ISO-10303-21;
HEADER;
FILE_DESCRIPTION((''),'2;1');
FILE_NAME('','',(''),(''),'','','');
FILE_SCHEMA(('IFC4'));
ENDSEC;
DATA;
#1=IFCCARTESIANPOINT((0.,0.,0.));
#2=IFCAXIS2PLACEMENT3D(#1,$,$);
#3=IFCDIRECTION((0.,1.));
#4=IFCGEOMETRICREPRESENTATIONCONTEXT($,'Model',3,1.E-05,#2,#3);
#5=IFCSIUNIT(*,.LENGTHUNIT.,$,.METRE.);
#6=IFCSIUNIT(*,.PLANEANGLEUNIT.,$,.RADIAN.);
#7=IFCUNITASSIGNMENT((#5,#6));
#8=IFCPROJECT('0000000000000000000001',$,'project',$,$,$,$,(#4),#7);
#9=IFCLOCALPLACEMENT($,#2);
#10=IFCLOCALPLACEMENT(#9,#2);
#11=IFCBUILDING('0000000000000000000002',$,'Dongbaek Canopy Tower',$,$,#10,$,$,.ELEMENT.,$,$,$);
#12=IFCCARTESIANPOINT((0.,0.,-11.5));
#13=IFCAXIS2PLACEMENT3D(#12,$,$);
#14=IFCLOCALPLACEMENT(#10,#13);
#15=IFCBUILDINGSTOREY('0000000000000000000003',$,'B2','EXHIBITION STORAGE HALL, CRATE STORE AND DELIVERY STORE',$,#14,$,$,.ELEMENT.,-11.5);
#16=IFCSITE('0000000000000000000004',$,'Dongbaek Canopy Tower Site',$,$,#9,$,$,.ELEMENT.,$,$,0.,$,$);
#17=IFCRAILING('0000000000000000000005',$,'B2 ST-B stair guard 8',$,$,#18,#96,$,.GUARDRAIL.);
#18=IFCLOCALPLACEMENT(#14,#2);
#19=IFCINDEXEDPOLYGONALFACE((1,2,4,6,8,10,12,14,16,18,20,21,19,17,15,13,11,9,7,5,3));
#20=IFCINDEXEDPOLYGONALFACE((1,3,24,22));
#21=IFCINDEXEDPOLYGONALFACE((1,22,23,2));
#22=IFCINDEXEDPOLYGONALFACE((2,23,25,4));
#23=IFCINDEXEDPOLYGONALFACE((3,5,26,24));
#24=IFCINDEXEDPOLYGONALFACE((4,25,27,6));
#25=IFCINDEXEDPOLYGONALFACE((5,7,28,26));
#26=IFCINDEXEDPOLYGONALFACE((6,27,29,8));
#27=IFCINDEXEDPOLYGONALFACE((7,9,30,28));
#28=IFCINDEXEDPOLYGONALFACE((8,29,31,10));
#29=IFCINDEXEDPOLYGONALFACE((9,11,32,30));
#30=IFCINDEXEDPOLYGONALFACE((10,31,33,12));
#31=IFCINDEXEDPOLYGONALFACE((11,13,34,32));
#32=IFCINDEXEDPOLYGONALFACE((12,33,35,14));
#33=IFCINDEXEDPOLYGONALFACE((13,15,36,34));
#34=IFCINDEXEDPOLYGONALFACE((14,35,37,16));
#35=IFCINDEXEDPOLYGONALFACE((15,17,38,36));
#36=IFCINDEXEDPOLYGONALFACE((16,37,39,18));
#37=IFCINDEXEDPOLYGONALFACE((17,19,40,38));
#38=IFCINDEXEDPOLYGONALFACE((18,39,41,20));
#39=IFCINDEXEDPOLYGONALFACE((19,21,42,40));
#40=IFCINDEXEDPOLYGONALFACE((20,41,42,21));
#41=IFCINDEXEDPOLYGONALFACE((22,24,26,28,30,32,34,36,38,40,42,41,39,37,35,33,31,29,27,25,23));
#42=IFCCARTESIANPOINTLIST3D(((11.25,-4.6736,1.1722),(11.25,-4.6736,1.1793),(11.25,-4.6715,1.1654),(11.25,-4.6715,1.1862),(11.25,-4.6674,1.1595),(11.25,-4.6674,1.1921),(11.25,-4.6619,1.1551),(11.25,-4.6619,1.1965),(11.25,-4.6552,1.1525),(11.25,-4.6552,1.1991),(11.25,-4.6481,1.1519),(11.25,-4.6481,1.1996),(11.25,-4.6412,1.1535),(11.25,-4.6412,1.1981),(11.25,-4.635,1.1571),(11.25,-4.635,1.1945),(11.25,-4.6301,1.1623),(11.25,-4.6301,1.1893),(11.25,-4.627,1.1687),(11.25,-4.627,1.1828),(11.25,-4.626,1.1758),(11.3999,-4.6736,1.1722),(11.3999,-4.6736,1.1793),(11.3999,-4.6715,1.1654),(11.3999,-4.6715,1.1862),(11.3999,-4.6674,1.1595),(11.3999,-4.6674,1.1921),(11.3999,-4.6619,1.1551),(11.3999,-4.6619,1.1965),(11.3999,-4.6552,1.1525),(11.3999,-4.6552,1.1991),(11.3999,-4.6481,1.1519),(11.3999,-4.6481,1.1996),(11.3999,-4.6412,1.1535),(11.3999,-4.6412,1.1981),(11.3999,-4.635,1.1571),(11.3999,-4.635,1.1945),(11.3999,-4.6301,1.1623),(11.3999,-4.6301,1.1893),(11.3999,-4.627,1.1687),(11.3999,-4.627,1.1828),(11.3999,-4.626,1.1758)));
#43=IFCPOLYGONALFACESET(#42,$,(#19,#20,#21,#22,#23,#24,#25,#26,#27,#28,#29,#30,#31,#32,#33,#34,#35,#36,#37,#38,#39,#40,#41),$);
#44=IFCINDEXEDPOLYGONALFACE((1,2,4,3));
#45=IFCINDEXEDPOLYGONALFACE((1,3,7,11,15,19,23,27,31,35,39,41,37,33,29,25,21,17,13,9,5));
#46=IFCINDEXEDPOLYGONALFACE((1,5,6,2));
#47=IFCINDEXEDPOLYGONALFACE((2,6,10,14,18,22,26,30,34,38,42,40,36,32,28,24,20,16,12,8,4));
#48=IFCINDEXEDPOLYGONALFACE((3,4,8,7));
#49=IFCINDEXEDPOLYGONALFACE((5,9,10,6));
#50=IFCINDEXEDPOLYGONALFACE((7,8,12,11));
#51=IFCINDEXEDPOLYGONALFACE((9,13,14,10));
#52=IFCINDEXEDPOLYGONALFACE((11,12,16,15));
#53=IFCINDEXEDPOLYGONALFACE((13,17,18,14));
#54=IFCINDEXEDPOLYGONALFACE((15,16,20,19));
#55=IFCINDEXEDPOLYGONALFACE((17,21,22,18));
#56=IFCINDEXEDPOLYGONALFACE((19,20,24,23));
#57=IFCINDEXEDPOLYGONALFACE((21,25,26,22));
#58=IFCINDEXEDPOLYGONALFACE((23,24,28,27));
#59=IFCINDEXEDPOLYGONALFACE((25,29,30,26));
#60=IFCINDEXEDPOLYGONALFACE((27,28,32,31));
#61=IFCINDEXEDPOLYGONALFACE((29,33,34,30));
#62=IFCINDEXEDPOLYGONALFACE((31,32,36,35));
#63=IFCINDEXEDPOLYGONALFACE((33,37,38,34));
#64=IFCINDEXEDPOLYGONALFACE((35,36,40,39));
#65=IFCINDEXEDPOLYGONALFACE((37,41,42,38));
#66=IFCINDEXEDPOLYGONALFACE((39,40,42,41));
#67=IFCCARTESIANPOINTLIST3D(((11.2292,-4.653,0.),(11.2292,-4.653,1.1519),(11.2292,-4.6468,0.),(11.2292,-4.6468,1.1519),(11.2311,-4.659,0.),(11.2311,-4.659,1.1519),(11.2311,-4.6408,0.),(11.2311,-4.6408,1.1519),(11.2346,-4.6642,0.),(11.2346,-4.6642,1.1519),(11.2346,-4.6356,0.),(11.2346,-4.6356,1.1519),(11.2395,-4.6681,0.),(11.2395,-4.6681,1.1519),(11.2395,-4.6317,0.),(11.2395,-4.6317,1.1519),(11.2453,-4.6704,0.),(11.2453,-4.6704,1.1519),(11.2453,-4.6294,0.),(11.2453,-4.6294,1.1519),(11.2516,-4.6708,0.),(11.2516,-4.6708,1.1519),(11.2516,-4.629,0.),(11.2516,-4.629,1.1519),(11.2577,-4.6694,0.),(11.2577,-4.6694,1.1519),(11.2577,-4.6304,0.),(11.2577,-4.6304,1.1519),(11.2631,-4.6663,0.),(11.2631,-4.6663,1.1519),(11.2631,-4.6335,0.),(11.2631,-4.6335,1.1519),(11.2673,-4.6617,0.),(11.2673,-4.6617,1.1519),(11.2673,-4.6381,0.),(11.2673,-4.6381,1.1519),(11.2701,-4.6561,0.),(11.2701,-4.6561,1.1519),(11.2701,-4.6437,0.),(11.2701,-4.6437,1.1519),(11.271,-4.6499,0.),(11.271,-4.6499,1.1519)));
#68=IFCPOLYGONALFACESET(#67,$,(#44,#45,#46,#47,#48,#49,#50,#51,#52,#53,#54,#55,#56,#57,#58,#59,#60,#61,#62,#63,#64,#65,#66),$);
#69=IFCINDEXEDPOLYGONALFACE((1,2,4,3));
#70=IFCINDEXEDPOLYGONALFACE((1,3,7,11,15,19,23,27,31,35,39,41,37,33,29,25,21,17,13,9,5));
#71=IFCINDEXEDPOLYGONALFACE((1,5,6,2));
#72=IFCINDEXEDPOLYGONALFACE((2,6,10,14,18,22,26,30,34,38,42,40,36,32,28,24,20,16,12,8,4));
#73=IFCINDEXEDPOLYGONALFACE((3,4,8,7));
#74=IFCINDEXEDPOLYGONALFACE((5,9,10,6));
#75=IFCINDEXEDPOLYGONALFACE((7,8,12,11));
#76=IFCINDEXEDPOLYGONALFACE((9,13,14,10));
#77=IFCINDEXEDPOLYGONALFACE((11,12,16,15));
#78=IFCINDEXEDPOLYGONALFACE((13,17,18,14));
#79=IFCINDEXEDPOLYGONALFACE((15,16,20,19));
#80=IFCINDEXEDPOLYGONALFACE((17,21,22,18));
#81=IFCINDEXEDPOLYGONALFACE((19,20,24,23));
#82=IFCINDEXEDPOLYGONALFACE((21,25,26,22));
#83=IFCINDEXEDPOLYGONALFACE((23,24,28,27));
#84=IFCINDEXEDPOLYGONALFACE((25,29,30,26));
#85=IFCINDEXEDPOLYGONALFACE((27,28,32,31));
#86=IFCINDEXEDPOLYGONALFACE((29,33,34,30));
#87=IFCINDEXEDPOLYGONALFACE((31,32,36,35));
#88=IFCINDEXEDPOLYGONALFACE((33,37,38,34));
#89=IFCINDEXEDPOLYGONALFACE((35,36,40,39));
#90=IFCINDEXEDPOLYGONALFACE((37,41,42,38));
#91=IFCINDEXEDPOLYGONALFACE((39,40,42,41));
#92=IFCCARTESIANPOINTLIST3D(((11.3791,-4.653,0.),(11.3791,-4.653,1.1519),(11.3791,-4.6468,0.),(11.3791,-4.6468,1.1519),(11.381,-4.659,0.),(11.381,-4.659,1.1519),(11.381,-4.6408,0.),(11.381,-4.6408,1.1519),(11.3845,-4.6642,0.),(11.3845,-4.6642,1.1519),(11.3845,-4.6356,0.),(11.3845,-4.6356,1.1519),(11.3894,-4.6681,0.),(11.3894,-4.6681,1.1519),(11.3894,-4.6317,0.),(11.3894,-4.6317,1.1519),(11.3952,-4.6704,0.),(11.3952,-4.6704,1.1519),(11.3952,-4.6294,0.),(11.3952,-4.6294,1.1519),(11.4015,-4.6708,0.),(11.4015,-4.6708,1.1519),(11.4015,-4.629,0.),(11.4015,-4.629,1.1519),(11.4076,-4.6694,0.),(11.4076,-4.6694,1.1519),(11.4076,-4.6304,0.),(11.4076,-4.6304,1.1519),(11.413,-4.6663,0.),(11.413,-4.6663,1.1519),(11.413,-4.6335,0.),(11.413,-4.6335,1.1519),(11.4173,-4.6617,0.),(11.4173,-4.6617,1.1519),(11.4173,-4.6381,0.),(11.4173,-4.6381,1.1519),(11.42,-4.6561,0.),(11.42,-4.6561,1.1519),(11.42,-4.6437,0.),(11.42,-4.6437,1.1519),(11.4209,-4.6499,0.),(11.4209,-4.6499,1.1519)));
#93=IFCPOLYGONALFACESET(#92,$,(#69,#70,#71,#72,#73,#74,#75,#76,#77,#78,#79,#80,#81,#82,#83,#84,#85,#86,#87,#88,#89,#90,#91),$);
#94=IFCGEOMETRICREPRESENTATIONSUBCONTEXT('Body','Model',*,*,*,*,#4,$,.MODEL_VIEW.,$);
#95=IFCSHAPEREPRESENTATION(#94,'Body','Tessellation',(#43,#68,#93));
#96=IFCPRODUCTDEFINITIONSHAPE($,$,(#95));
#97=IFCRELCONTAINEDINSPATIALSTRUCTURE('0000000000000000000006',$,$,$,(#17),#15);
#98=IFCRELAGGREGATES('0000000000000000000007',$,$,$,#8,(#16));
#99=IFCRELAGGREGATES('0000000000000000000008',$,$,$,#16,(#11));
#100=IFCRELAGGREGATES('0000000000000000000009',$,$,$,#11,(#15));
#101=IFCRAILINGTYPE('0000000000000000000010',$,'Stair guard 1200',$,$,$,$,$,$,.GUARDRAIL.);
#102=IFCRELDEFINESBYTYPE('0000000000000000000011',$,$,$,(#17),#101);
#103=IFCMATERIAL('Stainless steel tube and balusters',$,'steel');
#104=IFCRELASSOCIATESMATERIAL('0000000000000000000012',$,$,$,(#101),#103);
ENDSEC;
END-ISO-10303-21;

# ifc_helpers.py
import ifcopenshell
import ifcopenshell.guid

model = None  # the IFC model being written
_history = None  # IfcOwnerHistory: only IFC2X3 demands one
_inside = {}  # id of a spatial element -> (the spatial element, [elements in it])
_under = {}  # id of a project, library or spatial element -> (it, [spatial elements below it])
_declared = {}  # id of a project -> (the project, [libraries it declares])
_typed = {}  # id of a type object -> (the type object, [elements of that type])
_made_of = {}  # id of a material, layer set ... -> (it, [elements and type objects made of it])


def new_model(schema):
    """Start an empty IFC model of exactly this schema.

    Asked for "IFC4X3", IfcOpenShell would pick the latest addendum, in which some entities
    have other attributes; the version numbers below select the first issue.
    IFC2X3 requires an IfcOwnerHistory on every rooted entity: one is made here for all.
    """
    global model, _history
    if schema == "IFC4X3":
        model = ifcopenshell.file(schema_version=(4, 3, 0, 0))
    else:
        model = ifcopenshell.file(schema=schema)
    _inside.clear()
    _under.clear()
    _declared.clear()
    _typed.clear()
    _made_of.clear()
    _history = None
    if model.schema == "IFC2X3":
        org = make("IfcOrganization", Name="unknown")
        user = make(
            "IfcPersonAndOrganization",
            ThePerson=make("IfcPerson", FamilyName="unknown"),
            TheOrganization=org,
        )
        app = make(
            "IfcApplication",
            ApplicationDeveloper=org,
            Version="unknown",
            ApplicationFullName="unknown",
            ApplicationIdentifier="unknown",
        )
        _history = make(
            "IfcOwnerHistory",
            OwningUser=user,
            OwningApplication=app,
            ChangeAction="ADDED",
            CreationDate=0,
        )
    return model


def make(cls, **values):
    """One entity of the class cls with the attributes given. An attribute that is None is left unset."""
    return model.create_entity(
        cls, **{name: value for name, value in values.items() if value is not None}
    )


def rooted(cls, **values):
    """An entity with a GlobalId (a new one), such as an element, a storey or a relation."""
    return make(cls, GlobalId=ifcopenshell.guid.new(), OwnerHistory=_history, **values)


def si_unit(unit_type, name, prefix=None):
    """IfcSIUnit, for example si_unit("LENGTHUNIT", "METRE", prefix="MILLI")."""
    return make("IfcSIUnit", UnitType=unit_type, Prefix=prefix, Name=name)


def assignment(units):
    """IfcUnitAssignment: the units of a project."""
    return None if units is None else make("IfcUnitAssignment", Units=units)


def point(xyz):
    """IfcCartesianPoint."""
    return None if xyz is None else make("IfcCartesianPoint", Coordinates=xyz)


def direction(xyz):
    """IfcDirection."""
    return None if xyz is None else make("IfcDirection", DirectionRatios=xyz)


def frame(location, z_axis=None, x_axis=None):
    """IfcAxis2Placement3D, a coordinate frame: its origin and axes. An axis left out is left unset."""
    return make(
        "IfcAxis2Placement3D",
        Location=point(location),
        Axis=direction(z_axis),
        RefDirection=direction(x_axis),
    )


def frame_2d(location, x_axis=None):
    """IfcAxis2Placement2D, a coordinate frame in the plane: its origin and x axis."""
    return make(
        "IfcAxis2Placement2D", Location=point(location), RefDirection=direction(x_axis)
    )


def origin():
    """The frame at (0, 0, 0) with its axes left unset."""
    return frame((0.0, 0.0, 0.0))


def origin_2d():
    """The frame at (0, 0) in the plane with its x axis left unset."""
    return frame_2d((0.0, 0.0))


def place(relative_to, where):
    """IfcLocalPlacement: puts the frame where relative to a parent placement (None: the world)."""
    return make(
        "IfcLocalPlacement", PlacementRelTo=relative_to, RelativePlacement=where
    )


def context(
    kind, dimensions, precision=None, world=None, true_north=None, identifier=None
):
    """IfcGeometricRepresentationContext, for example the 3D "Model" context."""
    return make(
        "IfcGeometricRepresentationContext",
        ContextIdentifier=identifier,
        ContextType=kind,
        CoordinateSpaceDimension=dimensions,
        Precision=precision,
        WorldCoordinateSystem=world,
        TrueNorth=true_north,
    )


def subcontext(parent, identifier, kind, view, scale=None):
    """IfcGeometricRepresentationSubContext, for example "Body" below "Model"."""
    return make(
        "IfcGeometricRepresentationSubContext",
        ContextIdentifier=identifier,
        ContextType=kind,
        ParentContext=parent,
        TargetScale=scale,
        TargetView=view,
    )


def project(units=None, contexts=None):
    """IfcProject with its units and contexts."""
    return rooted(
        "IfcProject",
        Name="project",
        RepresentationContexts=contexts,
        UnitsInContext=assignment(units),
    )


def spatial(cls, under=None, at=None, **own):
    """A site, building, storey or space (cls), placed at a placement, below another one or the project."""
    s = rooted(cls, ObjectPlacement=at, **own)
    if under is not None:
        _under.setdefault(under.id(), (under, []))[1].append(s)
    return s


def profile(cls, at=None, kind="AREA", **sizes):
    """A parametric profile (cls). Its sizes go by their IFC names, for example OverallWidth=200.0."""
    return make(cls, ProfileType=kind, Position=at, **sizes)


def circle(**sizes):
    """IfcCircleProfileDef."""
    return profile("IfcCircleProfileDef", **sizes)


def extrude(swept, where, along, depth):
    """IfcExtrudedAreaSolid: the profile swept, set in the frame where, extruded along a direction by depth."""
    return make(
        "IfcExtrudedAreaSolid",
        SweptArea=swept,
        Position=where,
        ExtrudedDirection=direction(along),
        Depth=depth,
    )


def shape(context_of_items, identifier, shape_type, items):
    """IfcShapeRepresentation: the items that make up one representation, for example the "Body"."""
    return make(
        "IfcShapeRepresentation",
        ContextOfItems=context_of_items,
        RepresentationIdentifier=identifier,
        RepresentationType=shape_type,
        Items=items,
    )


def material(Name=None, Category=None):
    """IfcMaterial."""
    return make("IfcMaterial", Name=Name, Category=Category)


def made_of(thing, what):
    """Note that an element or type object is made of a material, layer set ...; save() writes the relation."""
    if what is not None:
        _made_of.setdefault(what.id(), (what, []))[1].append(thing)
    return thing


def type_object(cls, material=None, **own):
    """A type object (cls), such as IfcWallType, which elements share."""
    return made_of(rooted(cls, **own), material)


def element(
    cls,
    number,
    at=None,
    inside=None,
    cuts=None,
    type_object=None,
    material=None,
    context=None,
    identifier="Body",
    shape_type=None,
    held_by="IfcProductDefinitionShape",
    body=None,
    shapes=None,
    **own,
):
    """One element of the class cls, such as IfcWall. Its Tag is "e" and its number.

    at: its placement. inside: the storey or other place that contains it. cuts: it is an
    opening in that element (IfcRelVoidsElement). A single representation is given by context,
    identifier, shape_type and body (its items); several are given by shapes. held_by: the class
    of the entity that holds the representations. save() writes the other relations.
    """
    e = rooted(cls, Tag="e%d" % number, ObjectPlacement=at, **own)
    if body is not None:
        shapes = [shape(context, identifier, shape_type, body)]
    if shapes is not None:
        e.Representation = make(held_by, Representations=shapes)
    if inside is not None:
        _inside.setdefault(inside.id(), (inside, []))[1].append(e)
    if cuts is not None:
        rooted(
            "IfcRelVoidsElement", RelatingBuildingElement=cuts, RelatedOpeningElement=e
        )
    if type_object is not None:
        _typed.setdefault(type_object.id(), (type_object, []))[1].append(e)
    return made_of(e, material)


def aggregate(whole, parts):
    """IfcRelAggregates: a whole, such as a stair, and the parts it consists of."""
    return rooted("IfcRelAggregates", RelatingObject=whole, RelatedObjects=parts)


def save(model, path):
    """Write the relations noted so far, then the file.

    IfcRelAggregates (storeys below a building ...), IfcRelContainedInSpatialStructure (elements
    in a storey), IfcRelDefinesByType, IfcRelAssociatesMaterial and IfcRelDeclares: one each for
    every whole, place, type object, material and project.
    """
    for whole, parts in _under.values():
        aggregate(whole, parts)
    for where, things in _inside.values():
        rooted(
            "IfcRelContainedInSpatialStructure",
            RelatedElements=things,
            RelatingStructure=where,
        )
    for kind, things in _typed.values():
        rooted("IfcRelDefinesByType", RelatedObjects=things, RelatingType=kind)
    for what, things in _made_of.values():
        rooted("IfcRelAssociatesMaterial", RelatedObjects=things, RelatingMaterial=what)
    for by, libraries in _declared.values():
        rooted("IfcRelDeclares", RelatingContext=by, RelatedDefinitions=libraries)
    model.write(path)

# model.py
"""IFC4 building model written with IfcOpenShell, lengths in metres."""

from ifc_helpers import new_model, si_unit, direction, frame, origin, origin_2d, place, context, subcontext, project, spatial, circle, extrude, material, type_object, element, save


model = new_model("IFC4")

# Units and contexts
model_context = context("Model", 3, precision=1e-05, world=origin(), true_north=direction((0.0, 1.0)))
body_context = subcontext(model_context, "Body", "Model", "MODEL_VIEW")
ifc_project = project(units=[si_unit("LENGTHUNIT", "METRE"), si_unit("PLANEANGLEUNIT", "RADIAN")], contexts=[model_context])

# Site, building, storey
site_placement = place(None, origin())
site = spatial("IfcSite", under=ifc_project, at=site_placement, Name="Dongbaek Canopy Tower Site", CompositionType="ELEMENT", RefElevation=0.0)
building_placement = place(site_placement, origin())
building = spatial("IfcBuilding", under=site, at=building_placement, Name="Dongbaek Canopy Tower", CompositionType="ELEMENT")
storey_placement = place(building_placement, frame((0.0, 0.0, -11.5)))
storey = spatial("IfcBuildingStorey", under=building, at=storey_placement, Name="B2", Description="EXHIBITION STORAGE HALL, CRATE STORE AND DELIVERY STORE", CompositionType="ELEMENT", Elevation=-11.5)

# Railing
ifc_material_1 = material(Name="Stainless steel tube and balusters", Category="steel")
railing_type = type_object("IfcRailingType", Name="Stair guard 1200", PredefinedType="GUARDRAIL", material=ifc_material_1)
railing_1_placement = place(storey_placement, frame((11.25, -4.6499, 0.0)))
element("IfcRailing", 1, at=railing_1_placement, inside=storey, type_object=railing_type, Name="B2 ST-B stair guard 8", PredefinedType="GUARDRAIL", context=body_context, shape_type="SweptSolid", body=[
    extrude(circle(Radius=0.0239, at=origin_2d()), frame((0.0, 0.0, 1.1758), z_axis=(1.0, 0.0, 0.0), x_axis=(0.0, 1.0, 0.0)), (0.0, 0.0, 1.0), 0.1499),
    extrude(circle(Radius=0.021, at=origin_2d()), origin(), (0.0, 0.0, 1.0), 1.1519),
    extrude(circle(Radius=0.021, at=origin_2d()), frame((0.1499, 0.0, 0.0)), (0.0, 0.0, 1.0), 1.1519),
])

save(model, "model.ifc")
